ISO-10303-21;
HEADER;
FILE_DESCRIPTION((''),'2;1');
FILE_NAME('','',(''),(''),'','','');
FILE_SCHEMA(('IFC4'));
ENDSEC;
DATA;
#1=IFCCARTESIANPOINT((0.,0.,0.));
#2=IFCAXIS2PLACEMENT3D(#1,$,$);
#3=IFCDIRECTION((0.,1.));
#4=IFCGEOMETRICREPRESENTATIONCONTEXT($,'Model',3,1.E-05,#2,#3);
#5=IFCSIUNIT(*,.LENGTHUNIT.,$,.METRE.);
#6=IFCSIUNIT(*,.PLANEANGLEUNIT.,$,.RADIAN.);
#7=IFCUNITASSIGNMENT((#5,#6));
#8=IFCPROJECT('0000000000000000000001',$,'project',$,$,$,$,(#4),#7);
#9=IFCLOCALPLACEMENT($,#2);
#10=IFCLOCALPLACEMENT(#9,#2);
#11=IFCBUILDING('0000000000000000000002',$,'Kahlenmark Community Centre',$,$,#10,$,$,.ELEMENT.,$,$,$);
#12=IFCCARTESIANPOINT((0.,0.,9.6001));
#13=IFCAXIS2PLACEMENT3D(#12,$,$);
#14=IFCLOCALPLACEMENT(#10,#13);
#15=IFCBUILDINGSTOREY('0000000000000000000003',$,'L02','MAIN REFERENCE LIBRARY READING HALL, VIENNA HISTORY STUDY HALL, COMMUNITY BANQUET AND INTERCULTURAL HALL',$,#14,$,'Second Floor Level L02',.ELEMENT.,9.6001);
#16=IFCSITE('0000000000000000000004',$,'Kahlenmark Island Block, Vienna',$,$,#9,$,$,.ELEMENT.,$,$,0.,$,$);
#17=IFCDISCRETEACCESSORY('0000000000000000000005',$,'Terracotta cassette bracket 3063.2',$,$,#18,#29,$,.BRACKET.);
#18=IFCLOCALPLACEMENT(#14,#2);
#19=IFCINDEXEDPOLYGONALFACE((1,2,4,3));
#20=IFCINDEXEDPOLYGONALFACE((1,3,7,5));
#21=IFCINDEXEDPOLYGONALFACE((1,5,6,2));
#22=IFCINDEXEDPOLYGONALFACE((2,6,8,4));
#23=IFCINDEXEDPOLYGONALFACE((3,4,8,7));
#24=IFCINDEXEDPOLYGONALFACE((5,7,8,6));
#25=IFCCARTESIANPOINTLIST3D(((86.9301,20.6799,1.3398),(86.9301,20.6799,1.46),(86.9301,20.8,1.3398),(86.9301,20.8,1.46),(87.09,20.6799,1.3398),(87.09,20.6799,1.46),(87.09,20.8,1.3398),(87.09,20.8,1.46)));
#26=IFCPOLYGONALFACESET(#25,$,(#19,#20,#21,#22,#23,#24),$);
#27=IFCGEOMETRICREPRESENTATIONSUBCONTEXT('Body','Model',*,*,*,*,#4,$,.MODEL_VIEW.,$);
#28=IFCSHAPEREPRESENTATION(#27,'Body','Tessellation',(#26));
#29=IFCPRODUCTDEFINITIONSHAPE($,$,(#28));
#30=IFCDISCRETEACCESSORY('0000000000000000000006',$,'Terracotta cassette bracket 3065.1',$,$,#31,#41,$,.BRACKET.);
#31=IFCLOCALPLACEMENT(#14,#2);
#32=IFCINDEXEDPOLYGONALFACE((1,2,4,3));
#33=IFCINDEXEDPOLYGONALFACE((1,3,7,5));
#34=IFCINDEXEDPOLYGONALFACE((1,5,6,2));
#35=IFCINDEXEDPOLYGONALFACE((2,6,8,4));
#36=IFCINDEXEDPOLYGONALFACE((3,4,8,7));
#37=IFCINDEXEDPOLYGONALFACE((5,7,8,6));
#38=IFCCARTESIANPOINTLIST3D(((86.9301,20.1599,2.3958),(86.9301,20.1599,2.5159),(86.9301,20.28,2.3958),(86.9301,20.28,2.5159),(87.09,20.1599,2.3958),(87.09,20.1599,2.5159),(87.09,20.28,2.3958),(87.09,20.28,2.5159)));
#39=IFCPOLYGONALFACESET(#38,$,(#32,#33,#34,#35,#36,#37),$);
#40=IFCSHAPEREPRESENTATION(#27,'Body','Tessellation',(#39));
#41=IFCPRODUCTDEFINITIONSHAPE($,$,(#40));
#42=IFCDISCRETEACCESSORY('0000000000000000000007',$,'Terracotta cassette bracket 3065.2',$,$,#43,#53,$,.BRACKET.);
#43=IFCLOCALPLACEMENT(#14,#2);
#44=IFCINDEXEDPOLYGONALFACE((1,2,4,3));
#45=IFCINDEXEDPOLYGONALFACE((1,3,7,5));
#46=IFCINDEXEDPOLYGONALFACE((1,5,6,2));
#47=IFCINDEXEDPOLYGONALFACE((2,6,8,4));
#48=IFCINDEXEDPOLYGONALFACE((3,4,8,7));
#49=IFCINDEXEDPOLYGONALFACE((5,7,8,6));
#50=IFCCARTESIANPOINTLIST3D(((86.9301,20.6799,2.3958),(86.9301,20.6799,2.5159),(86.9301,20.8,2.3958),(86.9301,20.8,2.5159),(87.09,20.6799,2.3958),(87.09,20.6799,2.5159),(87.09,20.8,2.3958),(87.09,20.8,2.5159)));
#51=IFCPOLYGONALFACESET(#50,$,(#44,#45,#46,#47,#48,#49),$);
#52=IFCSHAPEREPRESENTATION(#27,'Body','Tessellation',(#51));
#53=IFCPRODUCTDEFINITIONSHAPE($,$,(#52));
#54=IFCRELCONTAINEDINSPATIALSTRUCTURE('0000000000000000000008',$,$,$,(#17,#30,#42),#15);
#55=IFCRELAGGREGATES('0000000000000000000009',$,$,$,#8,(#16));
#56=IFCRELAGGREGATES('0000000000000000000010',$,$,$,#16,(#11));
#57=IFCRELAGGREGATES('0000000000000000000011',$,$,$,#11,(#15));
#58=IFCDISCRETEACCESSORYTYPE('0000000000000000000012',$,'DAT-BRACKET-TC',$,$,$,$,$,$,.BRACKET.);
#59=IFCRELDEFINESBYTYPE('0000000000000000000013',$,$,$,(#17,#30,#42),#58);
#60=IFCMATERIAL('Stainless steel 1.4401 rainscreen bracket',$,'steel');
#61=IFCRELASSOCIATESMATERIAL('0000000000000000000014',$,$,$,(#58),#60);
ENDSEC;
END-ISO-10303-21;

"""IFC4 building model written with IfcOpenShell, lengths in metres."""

from ifc_helpers import new_model, si_unit, direction, frame, origin, origin_2d, place, context, subcontext, project, spatial, rectangle, extrude, material, type_object, element, save


model = new_model("IFC4")

# Units and contexts
model_context = context("Model", 3, precision=1e-05, world=origin(), true_north=direction((0.0, 1.0)))
body_context = subcontext(model_context, "Body", "Model", "MODEL_VIEW")
ifc_project = project(units=[si_unit("LENGTHUNIT", "METRE"), si_unit("PLANEANGLEUNIT", "RADIAN")], contexts=[model_context])

# Site, building, storey
site_placement = place(None, origin())
site = spatial("IfcSite", under=ifc_project, at=site_placement, Name="Kahlenmark Island Block, Vienna", CompositionType="ELEMENT", RefElevation=0.0)
building_placement = place(site_placement, origin())
building = spatial("IfcBuilding", under=site, at=building_placement, Name="Kahlenmark Community Centre", CompositionType="ELEMENT")
storey_placement = place(building_placement, frame((0.0, 0.0, 9.6001)))
storey = spatial("IfcBuildingStorey", under=building, at=storey_placement, Name="L02", Description="MAIN REFERENCE LIBRARY READING HALL, VIENNA HISTORY STUDY HALL, COMMUNITY BANQUET AND INTERCULTURAL HALL", LongName="Second Floor Level L02", CompositionType="ELEMENT", Elevation=9.6001)

# Discrete accessories
ifc_material_1 = material(Name="Stainless steel 1.4401 rainscreen bracket", Category="steel")
discrete_accessory_type = type_object("IfcDiscreteAccessoryType", Name="DAT-BRACKET-TC", PredefinedType="BRACKET", material=ifc_material_1)
for number, where, z_axis, x_axis, name in (
    (1, (87.01, 20.74, 1.3398), (0.0, 0.0, 1.0), (0.0, 1.0, 0.0), "Terracotta cassette bracket 3063.2"),
    (2, (87.01, 20.22, 2.3958), (0.0, 0.0, 1.0), (0.0, 1.0, 0.0), "Terracotta cassette bracket 3065.1"),
    (3, (87.01, 20.74, 2.3958), (0.0, 0.0, 1.0), (0.0, 1.0, 0.0), "Terracotta cassette bracket 3065.2"),
):
    element("IfcDiscreteAccessory", number, at=place(storey_placement, frame(where, z_axis=z_axis, x_axis=x_axis)), inside=storey, type_object=discrete_accessory_type, Name=name, PredefinedType="BRACKET", context=body_context, shape_type="SweptSolid", body=[
        extrude(rectangle(XDim=0.1201, YDim=0.1599, at=origin_2d()), origin(), (0.0, 0.0, 1.0), 0.1201),
    ])

save(model, "model.ifc")
